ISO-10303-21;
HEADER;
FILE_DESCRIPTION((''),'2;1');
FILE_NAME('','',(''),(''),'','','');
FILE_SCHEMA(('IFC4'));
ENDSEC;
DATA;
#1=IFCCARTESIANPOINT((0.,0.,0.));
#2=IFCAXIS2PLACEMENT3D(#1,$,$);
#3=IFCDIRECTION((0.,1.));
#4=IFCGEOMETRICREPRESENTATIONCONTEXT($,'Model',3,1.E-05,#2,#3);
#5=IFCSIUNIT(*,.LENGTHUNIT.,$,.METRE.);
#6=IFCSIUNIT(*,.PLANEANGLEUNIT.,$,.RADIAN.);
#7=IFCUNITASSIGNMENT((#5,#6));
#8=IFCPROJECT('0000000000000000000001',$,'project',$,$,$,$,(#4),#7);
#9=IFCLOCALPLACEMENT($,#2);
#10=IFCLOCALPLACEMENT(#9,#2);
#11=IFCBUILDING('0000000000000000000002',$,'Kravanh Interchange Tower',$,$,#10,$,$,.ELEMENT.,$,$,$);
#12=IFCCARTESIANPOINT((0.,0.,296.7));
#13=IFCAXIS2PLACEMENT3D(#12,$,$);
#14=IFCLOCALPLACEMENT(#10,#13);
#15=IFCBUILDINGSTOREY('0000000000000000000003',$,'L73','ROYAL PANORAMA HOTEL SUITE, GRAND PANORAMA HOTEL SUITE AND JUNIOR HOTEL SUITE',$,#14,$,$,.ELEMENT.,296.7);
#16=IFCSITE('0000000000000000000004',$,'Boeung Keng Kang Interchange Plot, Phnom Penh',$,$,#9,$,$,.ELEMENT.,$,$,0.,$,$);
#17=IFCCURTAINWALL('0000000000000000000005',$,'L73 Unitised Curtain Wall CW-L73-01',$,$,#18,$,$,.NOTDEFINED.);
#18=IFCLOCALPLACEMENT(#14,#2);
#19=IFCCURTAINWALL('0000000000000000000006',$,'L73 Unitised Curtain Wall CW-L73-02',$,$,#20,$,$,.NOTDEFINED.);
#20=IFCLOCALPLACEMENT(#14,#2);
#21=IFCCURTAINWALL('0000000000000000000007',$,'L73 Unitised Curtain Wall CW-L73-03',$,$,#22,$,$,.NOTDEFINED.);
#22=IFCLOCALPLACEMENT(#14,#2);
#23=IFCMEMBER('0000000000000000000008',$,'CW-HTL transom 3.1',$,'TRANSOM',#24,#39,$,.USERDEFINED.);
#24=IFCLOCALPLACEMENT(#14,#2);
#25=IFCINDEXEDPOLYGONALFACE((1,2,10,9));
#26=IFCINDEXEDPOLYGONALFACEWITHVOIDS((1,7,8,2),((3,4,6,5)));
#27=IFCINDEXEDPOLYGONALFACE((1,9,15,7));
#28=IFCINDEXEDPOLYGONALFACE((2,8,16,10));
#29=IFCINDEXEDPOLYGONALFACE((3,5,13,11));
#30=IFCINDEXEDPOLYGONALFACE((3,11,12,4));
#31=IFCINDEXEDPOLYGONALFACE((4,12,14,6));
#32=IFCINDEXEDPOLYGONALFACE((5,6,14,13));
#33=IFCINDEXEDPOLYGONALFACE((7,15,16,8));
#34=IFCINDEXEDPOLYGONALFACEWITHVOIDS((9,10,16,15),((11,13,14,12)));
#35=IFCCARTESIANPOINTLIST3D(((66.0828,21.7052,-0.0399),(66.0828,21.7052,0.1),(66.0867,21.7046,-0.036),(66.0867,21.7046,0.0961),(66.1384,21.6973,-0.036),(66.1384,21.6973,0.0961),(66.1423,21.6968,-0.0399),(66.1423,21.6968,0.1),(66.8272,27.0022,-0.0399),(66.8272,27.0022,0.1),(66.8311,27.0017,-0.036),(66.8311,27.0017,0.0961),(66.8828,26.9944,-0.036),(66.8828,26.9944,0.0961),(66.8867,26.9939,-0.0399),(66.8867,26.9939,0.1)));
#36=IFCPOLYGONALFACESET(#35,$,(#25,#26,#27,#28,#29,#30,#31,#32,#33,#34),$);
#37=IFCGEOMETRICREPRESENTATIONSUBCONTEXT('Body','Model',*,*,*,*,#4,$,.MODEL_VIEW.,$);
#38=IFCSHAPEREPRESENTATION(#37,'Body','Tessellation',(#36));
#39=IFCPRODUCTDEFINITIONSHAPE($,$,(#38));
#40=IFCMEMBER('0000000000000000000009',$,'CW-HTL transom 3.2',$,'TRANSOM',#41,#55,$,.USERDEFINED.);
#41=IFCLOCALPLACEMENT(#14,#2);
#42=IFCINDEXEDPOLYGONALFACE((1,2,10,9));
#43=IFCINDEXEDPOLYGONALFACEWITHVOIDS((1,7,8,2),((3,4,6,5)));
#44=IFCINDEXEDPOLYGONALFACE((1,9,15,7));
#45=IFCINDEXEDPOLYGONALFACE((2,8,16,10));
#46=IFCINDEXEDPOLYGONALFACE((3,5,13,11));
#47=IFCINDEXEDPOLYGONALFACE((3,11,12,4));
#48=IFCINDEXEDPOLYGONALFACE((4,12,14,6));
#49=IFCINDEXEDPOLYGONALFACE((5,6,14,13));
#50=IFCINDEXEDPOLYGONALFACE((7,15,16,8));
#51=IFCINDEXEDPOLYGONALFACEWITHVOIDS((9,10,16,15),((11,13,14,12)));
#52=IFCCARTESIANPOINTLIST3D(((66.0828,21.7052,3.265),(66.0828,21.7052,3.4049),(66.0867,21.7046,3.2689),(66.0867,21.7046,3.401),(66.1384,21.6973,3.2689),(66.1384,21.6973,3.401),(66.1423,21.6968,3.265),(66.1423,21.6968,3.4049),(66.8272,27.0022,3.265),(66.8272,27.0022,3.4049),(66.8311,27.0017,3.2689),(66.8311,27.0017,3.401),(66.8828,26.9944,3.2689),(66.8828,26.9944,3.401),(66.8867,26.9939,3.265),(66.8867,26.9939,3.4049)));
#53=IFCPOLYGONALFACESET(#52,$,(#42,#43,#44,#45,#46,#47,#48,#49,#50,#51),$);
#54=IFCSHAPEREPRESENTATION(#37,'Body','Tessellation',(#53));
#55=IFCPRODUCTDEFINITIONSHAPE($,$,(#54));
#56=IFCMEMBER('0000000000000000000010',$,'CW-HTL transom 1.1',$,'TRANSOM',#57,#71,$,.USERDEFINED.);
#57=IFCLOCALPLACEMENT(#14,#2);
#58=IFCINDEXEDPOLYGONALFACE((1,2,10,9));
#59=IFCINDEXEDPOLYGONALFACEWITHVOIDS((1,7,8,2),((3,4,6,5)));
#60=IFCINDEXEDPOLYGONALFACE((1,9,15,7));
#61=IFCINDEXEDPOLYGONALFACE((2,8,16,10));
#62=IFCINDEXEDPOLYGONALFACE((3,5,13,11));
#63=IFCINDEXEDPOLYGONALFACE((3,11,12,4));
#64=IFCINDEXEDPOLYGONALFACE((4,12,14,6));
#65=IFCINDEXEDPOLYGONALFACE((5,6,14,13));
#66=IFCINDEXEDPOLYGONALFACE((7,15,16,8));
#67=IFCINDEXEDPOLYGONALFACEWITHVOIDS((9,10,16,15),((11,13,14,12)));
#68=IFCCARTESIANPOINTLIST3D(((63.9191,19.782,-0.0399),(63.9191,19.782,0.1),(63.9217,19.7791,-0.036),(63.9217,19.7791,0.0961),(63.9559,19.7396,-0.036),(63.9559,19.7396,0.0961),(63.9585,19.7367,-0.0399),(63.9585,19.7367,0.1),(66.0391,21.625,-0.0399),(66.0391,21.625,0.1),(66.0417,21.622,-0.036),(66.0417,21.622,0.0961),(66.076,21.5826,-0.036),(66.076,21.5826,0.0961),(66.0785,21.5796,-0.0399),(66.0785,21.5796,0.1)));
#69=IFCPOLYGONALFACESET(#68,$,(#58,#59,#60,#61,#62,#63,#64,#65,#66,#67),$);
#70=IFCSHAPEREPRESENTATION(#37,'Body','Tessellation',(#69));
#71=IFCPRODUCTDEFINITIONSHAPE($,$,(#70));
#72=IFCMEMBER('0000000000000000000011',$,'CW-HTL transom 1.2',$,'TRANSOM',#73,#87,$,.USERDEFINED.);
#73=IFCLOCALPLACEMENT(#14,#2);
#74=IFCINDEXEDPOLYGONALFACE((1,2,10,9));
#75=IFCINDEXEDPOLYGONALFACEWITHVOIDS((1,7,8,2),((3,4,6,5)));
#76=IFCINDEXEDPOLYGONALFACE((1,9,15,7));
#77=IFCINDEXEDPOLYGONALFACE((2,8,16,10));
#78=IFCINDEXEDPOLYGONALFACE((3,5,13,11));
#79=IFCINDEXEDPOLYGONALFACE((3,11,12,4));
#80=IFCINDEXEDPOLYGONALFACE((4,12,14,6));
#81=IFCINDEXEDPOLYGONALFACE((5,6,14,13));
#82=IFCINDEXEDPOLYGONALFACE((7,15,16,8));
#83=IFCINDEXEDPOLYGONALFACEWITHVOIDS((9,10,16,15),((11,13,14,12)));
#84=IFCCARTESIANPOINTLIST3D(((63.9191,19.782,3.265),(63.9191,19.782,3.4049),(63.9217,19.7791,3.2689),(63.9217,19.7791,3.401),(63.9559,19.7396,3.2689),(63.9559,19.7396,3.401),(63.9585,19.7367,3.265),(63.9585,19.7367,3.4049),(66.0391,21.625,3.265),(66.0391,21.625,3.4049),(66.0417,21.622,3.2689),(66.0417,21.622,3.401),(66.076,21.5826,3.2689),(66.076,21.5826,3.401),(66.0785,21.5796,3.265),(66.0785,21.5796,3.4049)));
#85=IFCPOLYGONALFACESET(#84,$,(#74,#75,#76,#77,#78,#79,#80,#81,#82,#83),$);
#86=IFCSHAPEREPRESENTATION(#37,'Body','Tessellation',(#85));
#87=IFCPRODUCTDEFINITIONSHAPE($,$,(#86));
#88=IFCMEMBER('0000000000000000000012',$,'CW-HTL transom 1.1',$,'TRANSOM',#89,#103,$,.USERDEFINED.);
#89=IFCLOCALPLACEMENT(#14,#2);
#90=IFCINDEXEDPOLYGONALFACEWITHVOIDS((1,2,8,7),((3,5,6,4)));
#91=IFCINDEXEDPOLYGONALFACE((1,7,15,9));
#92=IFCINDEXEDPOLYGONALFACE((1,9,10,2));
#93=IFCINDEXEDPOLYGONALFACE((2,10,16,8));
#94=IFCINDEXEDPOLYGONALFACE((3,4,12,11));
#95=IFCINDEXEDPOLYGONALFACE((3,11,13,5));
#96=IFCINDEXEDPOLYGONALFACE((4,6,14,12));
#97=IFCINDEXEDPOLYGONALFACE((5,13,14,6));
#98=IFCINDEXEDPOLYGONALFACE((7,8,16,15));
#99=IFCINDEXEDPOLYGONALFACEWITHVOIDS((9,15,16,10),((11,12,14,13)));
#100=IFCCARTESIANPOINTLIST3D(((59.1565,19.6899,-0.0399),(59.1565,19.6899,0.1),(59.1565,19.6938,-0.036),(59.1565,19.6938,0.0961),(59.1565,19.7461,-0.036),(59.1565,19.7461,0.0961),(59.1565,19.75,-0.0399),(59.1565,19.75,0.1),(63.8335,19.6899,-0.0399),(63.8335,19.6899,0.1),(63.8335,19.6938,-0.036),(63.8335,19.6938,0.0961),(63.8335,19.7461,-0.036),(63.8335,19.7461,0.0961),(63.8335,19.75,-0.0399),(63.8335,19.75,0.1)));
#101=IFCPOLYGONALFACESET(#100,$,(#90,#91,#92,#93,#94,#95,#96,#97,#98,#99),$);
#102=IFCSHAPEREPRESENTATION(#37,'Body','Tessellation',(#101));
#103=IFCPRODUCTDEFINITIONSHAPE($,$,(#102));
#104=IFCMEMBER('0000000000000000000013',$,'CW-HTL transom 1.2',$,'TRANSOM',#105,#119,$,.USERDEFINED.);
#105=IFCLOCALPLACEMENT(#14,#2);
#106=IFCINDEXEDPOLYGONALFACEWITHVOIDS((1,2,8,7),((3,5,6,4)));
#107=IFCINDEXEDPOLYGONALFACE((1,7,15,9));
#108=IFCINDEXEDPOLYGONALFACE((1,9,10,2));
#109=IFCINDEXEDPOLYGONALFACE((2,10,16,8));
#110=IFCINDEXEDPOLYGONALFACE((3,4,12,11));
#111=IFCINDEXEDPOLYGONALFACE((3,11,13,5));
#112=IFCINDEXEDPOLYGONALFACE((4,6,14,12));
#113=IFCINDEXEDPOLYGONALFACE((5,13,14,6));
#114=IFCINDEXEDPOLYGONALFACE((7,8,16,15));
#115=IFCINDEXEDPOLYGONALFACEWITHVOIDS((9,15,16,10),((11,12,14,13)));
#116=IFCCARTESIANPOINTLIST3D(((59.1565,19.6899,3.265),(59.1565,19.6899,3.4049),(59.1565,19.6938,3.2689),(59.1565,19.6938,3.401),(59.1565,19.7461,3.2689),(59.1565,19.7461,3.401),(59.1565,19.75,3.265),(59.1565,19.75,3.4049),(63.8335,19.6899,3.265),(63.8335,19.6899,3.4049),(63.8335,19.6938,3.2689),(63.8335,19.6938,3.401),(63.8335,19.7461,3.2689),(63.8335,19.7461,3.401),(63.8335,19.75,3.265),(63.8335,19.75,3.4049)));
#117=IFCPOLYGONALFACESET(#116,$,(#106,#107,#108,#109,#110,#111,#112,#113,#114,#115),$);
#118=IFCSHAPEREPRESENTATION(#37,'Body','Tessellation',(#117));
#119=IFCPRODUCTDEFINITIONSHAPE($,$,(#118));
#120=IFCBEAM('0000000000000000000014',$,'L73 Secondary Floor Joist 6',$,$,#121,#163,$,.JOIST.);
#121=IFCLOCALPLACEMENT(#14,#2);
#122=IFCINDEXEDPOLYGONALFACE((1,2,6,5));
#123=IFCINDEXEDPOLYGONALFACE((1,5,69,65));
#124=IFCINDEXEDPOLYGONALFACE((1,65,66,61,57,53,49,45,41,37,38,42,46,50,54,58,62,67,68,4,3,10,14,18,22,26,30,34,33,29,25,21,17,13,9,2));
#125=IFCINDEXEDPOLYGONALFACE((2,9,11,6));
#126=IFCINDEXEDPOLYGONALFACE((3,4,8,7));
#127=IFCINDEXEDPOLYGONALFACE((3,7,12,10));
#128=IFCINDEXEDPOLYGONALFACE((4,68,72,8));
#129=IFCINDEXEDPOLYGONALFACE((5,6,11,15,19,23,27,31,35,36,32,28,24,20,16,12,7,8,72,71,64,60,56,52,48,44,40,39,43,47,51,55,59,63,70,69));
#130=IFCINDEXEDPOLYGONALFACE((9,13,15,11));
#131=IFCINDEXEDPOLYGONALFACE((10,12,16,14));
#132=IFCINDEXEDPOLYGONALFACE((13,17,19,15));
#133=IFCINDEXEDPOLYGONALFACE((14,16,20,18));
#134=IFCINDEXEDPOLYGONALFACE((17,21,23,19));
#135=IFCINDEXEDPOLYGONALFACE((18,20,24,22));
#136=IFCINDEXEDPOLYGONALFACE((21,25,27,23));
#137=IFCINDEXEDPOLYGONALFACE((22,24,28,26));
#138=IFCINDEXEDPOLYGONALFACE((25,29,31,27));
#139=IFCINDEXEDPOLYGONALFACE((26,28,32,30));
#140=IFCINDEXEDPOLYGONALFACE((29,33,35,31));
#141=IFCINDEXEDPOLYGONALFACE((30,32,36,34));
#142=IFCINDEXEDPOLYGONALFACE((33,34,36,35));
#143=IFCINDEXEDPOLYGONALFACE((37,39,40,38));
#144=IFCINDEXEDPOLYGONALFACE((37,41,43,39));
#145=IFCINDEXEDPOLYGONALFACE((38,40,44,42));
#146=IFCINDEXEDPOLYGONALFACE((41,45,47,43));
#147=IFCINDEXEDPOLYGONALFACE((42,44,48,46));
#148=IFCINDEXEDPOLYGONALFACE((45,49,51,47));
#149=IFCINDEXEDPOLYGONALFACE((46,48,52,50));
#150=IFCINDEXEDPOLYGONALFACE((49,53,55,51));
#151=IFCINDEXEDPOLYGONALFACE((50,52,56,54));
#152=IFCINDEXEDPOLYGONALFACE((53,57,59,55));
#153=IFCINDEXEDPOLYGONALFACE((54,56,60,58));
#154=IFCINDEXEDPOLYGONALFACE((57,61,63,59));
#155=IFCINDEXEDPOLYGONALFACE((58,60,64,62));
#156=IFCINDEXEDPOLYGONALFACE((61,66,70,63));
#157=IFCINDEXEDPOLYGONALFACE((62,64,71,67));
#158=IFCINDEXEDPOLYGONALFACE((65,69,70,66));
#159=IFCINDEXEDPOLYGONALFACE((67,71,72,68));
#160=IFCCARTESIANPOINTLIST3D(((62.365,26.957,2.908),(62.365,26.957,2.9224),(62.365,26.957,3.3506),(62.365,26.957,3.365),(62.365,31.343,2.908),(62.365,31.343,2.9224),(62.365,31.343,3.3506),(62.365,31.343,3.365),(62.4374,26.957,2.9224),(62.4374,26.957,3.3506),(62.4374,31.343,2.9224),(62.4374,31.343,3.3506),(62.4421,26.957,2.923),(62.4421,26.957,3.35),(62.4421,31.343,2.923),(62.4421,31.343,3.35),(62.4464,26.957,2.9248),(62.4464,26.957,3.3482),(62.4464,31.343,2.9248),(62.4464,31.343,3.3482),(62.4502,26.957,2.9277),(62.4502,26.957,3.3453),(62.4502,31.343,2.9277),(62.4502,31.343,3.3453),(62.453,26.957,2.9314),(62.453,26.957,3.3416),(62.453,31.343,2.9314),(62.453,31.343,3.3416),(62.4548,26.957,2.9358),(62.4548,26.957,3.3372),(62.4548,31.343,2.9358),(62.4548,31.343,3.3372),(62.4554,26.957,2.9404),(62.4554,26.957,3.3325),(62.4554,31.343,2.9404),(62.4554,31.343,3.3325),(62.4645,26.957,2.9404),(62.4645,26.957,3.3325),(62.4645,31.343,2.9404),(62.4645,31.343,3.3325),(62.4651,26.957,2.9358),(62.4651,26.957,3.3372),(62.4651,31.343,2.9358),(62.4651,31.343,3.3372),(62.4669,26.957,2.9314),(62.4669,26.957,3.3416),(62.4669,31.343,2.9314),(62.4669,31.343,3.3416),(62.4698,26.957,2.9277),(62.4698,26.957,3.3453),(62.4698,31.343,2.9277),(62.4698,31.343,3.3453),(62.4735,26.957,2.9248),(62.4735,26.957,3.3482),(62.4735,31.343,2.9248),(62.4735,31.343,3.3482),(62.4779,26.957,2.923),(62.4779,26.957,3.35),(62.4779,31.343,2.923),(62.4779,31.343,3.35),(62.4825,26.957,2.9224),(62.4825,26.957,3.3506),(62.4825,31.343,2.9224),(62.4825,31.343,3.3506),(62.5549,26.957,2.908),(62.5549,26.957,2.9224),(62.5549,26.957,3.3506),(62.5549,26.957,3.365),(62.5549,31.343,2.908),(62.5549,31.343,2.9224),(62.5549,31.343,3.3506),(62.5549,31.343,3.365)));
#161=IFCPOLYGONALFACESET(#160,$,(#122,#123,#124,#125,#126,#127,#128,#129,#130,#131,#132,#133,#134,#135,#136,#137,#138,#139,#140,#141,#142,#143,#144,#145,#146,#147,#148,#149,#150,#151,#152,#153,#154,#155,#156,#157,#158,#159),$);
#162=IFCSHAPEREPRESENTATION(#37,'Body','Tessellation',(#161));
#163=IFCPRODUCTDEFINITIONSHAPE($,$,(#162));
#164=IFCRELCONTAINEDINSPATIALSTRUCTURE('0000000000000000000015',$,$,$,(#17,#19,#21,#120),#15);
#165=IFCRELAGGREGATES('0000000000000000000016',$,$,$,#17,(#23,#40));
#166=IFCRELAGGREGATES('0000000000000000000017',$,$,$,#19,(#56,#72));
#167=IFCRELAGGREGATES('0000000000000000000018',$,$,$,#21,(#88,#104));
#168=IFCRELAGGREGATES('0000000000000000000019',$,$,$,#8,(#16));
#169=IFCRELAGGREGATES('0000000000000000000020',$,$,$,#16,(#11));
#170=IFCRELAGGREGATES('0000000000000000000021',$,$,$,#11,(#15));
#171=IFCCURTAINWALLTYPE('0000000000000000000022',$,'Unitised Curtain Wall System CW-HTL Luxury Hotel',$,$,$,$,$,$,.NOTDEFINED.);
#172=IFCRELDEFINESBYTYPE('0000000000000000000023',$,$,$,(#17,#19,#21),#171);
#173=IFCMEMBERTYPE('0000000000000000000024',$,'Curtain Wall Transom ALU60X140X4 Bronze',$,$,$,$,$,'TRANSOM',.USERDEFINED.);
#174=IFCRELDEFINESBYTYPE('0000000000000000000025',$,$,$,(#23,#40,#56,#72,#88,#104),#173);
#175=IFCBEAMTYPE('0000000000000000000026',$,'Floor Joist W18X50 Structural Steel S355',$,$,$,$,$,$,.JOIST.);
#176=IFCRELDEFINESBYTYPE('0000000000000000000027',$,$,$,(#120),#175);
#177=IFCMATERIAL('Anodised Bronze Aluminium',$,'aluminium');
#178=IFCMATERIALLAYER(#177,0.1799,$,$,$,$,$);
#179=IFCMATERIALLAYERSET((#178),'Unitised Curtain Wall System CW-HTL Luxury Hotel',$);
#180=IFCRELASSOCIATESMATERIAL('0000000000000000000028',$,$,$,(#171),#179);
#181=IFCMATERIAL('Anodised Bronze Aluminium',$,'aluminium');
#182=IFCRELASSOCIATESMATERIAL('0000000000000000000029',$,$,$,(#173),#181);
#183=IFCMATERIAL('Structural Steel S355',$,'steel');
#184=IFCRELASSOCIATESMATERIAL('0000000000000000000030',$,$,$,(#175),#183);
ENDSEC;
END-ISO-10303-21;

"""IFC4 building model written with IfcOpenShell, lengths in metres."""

from ifc_helpers import new_model, si_unit, direction, frame, origin, origin_2d, place, context, subcontext, project, spatial, hollow_rectangle, i_section, extrude, material, layer, layer_set, material_profile, profile_set, type_object, element, aggregate, save


model = new_model("IFC4")

# Units and contexts
model_context = context("Model", 3, precision=1e-05, world=origin(), true_north=direction((0.0, 1.0)))
body_context = subcontext(model_context, "Body", "Model", "MODEL_VIEW")
ifc_project = project(units=[si_unit("LENGTHUNIT", "METRE"), si_unit("PLANEANGLEUNIT", "RADIAN")], contexts=[model_context])

# Site, building, storey
site_placement = place(None, origin())
site = spatial("IfcSite", under=ifc_project, at=site_placement, Name="Boeung Keng Kang Interchange Plot, Phnom Penh", CompositionType="ELEMENT", RefElevation=0.0)
building_placement = place(site_placement, origin())
building = spatial("IfcBuilding", under=site, at=building_placement, Name="Kravanh Interchange Tower", CompositionType="ELEMENT")
storey_placement = place(building_placement, frame((0.0, 0.0, 296.7)))
storey = spatial("IfcBuildingStorey", under=building, at=storey_placement, Name="L73", Description="ROYAL PANORAMA HOTEL SUITE, GRAND PANORAMA HOTEL SUITE AND JUNIOR HOTEL SUITE", CompositionType="ELEMENT", Elevation=296.7)

# Curtain walls
ifc_material_1 = material(Name="Anodised Bronze Aluminium", Category="aluminium")
ifc_layer_1 = layer(ifc_material_1, 0.1799)
ifc_layer_set_1 = layer_set([ifc_layer_1], Name="Unitised Curtain Wall System CW-HTL Luxury Hotel")
curtain_wall_type = type_object("IfcCurtainWallType", Name="Unitised Curtain Wall System CW-HTL Luxury Hotel", PredefinedType="NOTDEFINED", material=ifc_layer_set_1)
curtain_wall_1_placement = place(storey_placement, origin())
curtain_wall_1 = element("IfcCurtainWall", 1, at=curtain_wall_1_placement, inside=storey, type_object=curtain_wall_type, Name="L73 Unitised Curtain Wall CW-L73-01", PredefinedType="NOTDEFINED")
curtain_wall_2_placement = place(storey_placement, origin())
curtain_wall_2 = element("IfcCurtainWall", 2, at=curtain_wall_2_placement, inside=storey, type_object=curtain_wall_type, Name="L73 Unitised Curtain Wall CW-L73-02", PredefinedType="NOTDEFINED")

# Curtain wall
curtain_wall_3_placement = place(storey_placement, origin())
curtain_wall_3 = element("IfcCurtainWall", 3, at=curtain_wall_3_placement, inside=storey, type_object=curtain_wall_type, Name="L73 Unitised Curtain Wall CW-L73-03", PredefinedType="NOTDEFINED")

# Members
ifc_material_2 = material(Name="Anodised Bronze Aluminium", Category="aluminium")
ifc_material_profile_1 = material_profile(ifc_material_2, hollow_rectangle(XDim=0.0601, YDim=0.1399, WallThickness=0.0039, at=origin_2d()), Name="ALU60X140X4")
ifc_profile_set_1 = profile_set([ifc_material_profile_1], Name="Anodised Bronze Aluminium")
member_type_1 = type_object("IfcMemberType", Name="Curtain Wall Transom ALU60X140X4 Bronze", ElementType="TRANSOM", PredefinedType="USERDEFINED", material=ifc_profile_set_1)
member_1_placement = place(storey_placement, frame((66.8569, 26.998, 0.03), z_axis=(-0.139159, -0.99027, 0.0), x_axis=(0.99027, -0.139159, 0.0)))
member_1 = element("IfcMember", 4, at=member_1_placement, type_object=member_type_1, Name="CW-HTL transom 3.1", ObjectType="TRANSOM", PredefinedType="USERDEFINED", context=body_context, shape_type="SweptSolid", body=[
    extrude(hollow_rectangle(XDim=0.0601, YDim=0.1399, WallThickness=0.0039, at=origin_2d()), origin(), (0.0, 0.0, 1.0), 5.3491),
])
member_2_placement = place(storey_placement, frame((66.8569, 26.998, 3.335), z_axis=(-0.139159, -0.99027, 0.0), x_axis=(0.99027, -0.139159, 0.0)))
member_2 = element("IfcMember", 5, at=member_2_placement, type_object=member_type_1, Name="CW-HTL transom 3.2", ObjectType="TRANSOM", PredefinedType="USERDEFINED", context=body_context, shape_type="SweptSolid", body=[
    extrude(hollow_rectangle(XDim=0.0601, YDim=0.1399, WallThickness=0.0039, at=origin_2d()), origin(), (0.0, 0.0, 1.0), 5.3491),
])
member_3_placement = place(storey_placement, frame((66.0588, 21.6023, 0.03), z_axis=(-0.754705, -0.656065, 0.0), x_axis=(0.656065, -0.754705, 0.0)))
member_3 = element("IfcMember", 6, at=member_3_placement, type_object=member_type_1, Name="CW-HTL transom 1.1", ObjectType="TRANSOM", PredefinedType="USERDEFINED", context=body_context, shape_type="SweptSolid", body=[
    extrude(hollow_rectangle(XDim=0.0601, YDim=0.1399, WallThickness=0.0039, at=origin_2d()), origin(), (0.0, 0.0, 1.0), 2.8091),
])
member_4_placement = place(storey_placement, frame((66.0588, 21.6023, 3.335), z_axis=(-0.754705, -0.656065, 0.0), x_axis=(0.656065, -0.754705, 0.0)))
member_4 = element("IfcMember", 7, at=member_4_placement, type_object=member_type_1, Name="CW-HTL transom 1.2", ObjectType="TRANSOM", PredefinedType="USERDEFINED", context=body_context, shape_type="SweptSolid", body=[
    extrude(hollow_rectangle(XDim=0.0601, YDim=0.1399, WallThickness=0.0039, at=origin_2d()), origin(), (0.0, 0.0, 1.0), 2.8091),
])
member_5_placement = place(storey_placement, frame((63.8335, 19.72, 0.03), z_axis=(-1.0, 0.0, 0.0), x_axis=(0.0, -1.0, 0.0)))
member_5 = element("IfcMember", 8, at=member_5_placement, type_object=member_type_1, Name="CW-HTL transom 1.1", ObjectType="TRANSOM", PredefinedType="USERDEFINED", context=body_context, shape_type="SweptSolid", body=[
    extrude(hollow_rectangle(XDim=0.0601, YDim=0.1399, WallThickness=0.0039, at=origin_2d()), origin(), (0.0, 0.0, 1.0), 4.677),
])
member_6_placement = place(storey_placement, frame((63.8335, 19.72, 3.335), z_axis=(-1.0, 0.0, 0.0), x_axis=(0.0, -1.0, 0.0)))
member_6 = element("IfcMember", 9, at=member_6_placement, type_object=member_type_1, Name="CW-HTL transom 1.2", ObjectType="TRANSOM", PredefinedType="USERDEFINED", context=body_context, shape_type="SweptSolid", body=[
    extrude(hollow_rectangle(XDim=0.0601, YDim=0.1399, WallThickness=0.0039, at=origin_2d()), origin(), (0.0, 0.0, 1.0), 4.677),
])

# Beam
ifc_material_3 = material(Name="Structural Steel S355", Category="steel")
ifc_material_profile_2 = material_profile(ifc_material_3, i_section(OverallWidth=0.1899, OverallDepth=0.457, WebThickness=0.009, FlangeThickness=0.0144, FilletRadius=0.0181, at=origin_2d()), Name="W18X50")
ifc_profile_set_2 = profile_set([ifc_material_profile_2], Name="Structural Steel S355")
beam_type_1 = type_object("IfcBeamType", Name="Floor Joist W18X50 Structural Steel S355", PredefinedType="JOIST", material=ifc_profile_set_2)
beam_1_placement = place(storey_placement, frame((62.46, 26.957, 3.1365), z_axis=(0.0, 1.0, 0.0), x_axis=(-1.0, 0.0, 0.0)))
element("IfcBeam", 10, at=beam_1_placement, inside=storey, type_object=beam_type_1, Name="L73 Secondary Floor Joist 6", PredefinedType="JOIST", context=body_context, shape_type="SweptSolid", body=[
    extrude(i_section(OverallWidth=0.1899, OverallDepth=0.457, WebThickness=0.009, FlangeThickness=0.0144, FilletRadius=0.0181, at=origin_2d()), origin(), (0.0, 0.0, 1.0), 4.386),
])

aggregate(curtain_wall_1, [member_1, member_2])
aggregate(curtain_wall_2, [member_3, member_4])
aggregate(curtain_wall_3, [member_5, member_6])

save(model, "model.ifc")
